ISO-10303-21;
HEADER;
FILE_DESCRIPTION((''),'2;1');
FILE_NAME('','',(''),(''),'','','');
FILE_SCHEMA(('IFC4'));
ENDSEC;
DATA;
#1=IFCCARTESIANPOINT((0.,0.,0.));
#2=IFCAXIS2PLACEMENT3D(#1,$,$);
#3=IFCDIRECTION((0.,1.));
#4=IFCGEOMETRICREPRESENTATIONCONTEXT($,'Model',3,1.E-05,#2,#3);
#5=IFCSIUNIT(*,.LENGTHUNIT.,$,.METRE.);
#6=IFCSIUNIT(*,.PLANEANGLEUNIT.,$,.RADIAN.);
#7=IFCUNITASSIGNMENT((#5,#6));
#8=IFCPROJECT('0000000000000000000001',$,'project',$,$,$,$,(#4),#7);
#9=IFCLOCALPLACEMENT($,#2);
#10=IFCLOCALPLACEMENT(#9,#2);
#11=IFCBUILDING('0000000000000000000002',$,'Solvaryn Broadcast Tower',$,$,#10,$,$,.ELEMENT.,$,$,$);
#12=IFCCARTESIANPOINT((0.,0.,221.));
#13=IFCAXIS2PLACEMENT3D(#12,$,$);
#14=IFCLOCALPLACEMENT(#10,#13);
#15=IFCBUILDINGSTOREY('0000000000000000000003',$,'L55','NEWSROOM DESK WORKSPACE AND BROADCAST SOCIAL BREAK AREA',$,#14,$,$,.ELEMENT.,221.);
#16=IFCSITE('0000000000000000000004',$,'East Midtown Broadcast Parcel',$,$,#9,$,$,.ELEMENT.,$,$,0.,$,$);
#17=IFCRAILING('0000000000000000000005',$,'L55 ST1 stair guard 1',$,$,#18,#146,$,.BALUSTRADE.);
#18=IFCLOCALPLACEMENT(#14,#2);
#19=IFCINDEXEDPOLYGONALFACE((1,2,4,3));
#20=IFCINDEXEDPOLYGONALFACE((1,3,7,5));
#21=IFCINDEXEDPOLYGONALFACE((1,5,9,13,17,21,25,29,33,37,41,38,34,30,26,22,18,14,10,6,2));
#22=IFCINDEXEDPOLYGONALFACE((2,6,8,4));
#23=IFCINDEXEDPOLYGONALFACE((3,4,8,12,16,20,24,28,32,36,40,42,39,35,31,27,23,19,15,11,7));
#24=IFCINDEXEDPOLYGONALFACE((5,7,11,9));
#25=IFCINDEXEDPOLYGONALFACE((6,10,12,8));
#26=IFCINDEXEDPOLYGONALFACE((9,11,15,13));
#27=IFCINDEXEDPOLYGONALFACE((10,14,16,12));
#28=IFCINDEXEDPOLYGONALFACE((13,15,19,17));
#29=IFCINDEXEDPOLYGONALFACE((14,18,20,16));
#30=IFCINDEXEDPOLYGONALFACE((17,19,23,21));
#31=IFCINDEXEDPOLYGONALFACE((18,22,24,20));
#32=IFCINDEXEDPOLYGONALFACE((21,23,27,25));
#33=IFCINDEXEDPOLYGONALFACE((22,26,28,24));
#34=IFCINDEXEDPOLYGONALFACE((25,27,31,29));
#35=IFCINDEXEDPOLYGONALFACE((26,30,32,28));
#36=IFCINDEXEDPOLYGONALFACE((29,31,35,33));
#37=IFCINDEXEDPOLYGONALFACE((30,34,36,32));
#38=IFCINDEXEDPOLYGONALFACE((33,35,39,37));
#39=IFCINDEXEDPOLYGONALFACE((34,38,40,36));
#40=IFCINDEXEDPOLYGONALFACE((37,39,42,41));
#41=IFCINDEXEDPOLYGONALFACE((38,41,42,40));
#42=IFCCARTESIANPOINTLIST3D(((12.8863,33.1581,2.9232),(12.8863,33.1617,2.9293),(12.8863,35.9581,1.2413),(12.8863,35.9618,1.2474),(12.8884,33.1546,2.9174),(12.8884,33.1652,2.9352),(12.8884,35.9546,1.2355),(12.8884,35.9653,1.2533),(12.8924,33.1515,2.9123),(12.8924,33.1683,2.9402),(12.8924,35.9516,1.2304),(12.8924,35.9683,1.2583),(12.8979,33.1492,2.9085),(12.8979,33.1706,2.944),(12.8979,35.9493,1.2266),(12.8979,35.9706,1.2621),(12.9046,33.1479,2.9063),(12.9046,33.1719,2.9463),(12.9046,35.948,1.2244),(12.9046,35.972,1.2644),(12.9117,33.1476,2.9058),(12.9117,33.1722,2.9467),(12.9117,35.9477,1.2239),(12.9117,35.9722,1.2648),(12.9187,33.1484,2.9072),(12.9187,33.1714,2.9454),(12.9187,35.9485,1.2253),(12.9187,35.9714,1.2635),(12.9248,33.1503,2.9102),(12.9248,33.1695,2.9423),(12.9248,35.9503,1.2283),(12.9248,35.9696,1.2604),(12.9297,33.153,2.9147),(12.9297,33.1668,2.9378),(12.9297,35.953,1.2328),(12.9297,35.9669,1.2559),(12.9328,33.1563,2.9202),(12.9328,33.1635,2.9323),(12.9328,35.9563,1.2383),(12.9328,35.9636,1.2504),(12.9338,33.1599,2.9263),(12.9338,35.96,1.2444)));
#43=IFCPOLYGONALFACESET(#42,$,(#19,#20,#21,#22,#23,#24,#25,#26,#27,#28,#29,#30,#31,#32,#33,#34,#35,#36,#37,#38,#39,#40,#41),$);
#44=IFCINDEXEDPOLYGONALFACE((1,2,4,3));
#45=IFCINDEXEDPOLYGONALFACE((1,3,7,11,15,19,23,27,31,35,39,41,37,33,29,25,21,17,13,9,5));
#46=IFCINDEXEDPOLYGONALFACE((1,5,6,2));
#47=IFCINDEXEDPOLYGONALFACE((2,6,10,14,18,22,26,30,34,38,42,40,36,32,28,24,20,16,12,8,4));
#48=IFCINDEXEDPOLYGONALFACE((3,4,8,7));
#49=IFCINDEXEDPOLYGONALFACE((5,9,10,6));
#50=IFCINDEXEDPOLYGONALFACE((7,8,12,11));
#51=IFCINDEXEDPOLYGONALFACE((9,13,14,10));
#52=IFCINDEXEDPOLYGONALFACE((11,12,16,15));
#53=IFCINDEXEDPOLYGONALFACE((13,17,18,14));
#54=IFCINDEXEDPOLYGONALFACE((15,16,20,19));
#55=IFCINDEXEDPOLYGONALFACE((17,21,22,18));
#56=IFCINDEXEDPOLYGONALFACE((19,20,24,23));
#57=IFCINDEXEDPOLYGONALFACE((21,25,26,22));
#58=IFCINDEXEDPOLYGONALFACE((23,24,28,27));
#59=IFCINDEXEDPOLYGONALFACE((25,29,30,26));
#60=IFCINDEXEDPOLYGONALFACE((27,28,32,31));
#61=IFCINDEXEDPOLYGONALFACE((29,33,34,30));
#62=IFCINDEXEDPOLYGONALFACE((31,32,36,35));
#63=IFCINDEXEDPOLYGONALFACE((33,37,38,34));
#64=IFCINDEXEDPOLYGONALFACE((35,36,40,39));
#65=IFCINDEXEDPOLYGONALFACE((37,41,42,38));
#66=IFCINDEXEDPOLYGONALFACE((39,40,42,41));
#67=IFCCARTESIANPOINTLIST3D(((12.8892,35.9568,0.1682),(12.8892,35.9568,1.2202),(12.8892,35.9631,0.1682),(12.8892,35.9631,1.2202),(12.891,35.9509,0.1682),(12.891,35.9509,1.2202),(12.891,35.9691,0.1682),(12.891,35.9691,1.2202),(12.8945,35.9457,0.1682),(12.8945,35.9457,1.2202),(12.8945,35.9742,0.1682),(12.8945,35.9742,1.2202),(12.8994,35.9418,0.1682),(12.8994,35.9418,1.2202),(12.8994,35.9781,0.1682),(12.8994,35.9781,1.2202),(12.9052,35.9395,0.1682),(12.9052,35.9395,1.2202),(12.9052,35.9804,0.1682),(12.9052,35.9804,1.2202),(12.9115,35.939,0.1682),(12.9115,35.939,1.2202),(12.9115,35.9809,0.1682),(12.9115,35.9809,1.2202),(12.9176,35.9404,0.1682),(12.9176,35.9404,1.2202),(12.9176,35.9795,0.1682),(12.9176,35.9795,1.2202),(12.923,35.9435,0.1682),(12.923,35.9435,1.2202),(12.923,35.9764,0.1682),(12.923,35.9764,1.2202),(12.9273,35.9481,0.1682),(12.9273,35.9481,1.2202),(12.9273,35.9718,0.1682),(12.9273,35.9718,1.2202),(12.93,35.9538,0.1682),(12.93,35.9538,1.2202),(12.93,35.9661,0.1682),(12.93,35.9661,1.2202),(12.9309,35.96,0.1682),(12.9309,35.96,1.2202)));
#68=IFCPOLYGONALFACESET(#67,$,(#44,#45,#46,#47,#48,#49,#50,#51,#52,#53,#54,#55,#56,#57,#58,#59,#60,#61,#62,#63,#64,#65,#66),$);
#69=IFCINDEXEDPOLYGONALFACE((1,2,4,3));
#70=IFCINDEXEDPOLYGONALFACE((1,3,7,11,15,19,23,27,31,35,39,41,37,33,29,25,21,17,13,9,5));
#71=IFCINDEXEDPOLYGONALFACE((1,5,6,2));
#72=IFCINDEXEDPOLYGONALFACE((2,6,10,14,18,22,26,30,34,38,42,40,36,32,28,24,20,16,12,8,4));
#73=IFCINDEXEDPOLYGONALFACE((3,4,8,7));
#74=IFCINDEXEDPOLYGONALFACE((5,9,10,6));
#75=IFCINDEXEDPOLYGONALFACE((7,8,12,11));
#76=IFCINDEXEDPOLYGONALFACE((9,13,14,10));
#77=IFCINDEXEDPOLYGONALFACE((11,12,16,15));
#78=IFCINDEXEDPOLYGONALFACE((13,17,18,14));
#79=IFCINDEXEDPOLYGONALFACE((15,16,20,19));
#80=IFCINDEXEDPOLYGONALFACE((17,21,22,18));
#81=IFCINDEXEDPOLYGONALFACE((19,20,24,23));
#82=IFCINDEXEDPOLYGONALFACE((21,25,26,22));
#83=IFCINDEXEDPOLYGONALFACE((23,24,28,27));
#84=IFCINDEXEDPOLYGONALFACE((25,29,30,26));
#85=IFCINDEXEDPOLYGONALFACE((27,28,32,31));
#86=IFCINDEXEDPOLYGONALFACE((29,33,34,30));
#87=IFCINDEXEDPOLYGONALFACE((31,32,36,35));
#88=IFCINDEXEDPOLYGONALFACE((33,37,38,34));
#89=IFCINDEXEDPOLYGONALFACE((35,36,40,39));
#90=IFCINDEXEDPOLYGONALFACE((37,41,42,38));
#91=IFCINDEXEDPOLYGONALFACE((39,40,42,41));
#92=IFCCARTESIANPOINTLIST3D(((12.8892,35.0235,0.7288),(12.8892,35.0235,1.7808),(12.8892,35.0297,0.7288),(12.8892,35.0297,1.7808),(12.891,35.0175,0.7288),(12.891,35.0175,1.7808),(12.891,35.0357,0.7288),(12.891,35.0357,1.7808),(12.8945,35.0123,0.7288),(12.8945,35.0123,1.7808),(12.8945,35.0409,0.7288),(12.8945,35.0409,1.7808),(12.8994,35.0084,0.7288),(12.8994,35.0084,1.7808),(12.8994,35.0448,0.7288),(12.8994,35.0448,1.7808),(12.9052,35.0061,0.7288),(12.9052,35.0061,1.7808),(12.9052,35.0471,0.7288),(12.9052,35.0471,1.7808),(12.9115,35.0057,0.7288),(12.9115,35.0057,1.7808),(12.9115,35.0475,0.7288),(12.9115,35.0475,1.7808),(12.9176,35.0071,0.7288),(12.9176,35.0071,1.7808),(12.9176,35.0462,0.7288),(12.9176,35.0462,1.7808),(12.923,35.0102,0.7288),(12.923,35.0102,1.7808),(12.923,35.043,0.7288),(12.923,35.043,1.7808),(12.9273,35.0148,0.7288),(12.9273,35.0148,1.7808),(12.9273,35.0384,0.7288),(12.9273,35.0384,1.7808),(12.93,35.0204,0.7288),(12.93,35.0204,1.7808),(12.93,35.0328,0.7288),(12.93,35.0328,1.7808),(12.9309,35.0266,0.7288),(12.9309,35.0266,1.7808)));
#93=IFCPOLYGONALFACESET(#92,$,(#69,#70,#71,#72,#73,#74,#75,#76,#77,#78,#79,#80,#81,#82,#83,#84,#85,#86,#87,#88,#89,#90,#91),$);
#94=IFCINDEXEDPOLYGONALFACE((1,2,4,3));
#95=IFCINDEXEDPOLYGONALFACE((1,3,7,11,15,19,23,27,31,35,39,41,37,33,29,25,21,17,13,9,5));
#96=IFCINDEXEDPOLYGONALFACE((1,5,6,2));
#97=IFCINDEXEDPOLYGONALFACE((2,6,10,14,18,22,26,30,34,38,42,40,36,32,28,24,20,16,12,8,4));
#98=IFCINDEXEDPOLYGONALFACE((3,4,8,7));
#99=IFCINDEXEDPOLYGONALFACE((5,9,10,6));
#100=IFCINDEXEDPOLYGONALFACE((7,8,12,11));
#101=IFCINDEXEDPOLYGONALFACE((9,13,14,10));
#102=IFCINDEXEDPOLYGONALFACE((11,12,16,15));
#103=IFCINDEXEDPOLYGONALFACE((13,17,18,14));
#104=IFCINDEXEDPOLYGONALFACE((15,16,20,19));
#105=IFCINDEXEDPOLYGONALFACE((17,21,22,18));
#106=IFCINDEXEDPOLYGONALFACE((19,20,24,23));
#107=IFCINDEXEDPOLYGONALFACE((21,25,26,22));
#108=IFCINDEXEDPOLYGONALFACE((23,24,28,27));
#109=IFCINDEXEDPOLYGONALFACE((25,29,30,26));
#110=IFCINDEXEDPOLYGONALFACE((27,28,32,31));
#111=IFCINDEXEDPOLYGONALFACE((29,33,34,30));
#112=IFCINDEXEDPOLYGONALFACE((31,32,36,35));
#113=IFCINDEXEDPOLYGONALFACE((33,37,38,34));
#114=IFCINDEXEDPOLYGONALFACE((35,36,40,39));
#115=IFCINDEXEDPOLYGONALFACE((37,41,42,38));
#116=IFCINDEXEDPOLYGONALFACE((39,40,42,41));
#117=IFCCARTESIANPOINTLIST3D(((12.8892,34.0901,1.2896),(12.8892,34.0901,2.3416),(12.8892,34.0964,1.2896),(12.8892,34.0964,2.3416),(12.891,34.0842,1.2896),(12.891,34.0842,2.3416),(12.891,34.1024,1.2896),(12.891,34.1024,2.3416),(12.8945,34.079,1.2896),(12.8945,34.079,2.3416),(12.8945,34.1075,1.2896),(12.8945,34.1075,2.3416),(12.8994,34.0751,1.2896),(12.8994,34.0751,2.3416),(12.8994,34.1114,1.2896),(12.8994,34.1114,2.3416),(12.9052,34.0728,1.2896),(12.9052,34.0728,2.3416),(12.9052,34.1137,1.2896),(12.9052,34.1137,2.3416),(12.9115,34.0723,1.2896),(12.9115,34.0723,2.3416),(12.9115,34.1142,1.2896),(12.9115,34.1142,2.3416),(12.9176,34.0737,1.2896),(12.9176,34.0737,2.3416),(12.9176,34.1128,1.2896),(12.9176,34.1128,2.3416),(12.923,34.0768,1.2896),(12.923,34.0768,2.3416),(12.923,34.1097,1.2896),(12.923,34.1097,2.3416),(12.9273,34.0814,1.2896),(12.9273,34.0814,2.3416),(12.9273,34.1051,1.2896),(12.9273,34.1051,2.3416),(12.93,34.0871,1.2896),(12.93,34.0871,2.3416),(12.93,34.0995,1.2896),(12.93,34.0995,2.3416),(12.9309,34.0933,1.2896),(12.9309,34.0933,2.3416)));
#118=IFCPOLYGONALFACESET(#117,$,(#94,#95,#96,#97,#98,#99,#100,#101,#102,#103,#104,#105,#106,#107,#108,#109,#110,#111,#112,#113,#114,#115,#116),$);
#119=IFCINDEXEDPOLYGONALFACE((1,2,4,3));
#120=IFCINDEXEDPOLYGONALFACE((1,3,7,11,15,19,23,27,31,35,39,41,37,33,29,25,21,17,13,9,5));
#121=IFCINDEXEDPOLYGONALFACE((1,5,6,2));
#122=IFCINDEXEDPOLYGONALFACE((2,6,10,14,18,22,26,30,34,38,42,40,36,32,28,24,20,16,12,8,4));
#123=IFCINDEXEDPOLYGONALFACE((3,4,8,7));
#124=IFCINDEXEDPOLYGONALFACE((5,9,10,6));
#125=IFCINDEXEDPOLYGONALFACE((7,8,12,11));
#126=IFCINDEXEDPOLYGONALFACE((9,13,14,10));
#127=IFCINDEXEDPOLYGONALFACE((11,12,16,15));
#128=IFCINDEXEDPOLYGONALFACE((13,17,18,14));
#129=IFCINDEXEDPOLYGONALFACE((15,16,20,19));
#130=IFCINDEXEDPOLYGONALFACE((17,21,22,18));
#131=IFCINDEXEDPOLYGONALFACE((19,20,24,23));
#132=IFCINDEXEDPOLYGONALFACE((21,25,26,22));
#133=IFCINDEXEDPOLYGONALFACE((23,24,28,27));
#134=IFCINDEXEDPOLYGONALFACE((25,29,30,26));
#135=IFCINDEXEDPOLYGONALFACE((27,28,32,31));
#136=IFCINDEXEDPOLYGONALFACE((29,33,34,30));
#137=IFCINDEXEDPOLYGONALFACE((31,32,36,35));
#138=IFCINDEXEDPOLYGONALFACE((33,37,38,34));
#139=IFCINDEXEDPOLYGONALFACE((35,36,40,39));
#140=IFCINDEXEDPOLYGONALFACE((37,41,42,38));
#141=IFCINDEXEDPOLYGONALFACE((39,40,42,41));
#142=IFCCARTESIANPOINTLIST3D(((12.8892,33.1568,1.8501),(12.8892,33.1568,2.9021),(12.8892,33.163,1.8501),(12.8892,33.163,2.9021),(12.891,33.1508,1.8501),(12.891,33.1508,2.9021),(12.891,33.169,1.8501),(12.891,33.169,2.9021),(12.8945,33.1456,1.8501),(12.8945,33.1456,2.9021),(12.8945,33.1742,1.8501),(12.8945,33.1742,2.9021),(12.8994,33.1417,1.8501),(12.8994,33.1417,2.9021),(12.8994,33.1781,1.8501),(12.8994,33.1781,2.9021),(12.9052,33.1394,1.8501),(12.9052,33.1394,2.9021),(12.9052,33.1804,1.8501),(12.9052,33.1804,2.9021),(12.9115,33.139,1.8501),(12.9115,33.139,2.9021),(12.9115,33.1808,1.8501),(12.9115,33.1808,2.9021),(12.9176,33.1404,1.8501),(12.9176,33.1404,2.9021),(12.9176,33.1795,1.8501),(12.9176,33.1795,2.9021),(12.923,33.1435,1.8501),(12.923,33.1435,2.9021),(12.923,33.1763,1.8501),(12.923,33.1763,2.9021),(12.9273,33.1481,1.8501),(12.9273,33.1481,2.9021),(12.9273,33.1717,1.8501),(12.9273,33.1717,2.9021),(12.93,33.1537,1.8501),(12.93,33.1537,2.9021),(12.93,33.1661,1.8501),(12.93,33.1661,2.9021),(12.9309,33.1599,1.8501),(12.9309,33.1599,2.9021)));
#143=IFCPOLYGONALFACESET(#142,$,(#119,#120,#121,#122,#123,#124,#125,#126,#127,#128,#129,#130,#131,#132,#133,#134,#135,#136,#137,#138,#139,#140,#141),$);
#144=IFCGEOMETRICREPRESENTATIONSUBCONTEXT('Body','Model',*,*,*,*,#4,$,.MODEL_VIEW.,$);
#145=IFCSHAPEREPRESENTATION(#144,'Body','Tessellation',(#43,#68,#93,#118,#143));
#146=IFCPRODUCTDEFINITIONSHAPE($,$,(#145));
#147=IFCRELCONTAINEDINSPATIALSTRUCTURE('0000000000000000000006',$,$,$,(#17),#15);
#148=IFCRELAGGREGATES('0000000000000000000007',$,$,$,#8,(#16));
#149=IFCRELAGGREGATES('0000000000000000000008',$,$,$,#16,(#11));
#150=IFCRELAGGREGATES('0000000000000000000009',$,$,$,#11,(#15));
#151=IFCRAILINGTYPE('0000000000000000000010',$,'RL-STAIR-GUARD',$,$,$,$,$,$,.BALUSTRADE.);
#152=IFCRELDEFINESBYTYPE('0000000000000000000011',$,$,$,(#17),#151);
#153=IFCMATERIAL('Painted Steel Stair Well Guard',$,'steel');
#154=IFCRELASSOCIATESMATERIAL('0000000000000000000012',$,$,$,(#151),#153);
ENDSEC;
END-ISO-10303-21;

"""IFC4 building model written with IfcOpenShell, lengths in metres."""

from ifc_helpers import new_model, si_unit, direction, frame, origin, origin_2d, place, context, subcontext, project, spatial, circle, extrude, material, type_object, element, save


model = new_model("IFC4")

# Units and contexts
model_context = context("Model", 3, precision=1e-05, world=origin(), true_north=direction((0.0, 1.0)))
body_context = subcontext(model_context, "Body", "Model", "MODEL_VIEW")
ifc_project = project(units=[si_unit("LENGTHUNIT", "METRE"), si_unit("PLANEANGLEUNIT", "RADIAN")], contexts=[model_context])

# Site, building, storey
site_placement = place(None, origin())
site = spatial("IfcSite", under=ifc_project, at=site_placement, Name="East Midtown Broadcast Parcel", CompositionType="ELEMENT", RefElevation=0.0)
building_placement = place(site_placement, origin())
building = spatial("IfcBuilding", under=site, at=building_placement, Name="Solvaryn Broadcast Tower", CompositionType="ELEMENT")
storey_placement = place(building_placement, frame((0.0, 0.0, 221.0)))
storey = spatial("IfcBuildingStorey", under=building, at=storey_placement, Name="L55", Description="NEWSROOM DESK WORKSPACE AND BROADCAST SOCIAL BREAK AREA", CompositionType="ELEMENT", Elevation=221.0)

# Railing
ifc_material_1 = material(Name="Painted Steel Stair Well Guard", Category="steel")
railing_type_1 = type_object("IfcRailingType", Name="RL-STAIR-GUARD", PredefinedType="BALUSTRADE", material=ifc_material_1)
railing_1_placement = place(storey_placement, frame((12.9099, 35.96, 0.1682)))
element("IfcRailing", 1, at=railing_1_placement, inside=storey, type_object=railing_type_1, Name="L55 ST1 stair guard 1", PredefinedType="BALUSTRADE", context=body_context, shape_type="SweptSolid", body=[
    extrude(circle(Radius=0.0239, at=origin_2d()), frame((0.0, 0.0, 1.0762), z_axis=(0.0, -0.857242, 0.514913), x_axis=(1.0, 0.0, 0.0)), (0.0, 0.0, 1.0), 3.2664),
    extrude(circle(Radius=0.021, at=origin_2d()), origin(), (0.0, 0.0, 1.0), 1.052),
    extrude(circle(Radius=0.021, at=origin_2d()), frame((0.0, -0.9333, 0.5605)), (0.0, 0.0, 1.0), 1.052),
    extrude(circle(Radius=0.021, at=origin_2d()), frame((0.0, -1.8667, 1.1213)), (0.0, 0.0, 1.0), 1.052),
    extrude(circle(Radius=0.021, at=origin_2d()), frame((0.0, -2.8, 1.6819)), (0.0, 0.0, 1.0), 1.052),
])

save(model, "model.ifc")
